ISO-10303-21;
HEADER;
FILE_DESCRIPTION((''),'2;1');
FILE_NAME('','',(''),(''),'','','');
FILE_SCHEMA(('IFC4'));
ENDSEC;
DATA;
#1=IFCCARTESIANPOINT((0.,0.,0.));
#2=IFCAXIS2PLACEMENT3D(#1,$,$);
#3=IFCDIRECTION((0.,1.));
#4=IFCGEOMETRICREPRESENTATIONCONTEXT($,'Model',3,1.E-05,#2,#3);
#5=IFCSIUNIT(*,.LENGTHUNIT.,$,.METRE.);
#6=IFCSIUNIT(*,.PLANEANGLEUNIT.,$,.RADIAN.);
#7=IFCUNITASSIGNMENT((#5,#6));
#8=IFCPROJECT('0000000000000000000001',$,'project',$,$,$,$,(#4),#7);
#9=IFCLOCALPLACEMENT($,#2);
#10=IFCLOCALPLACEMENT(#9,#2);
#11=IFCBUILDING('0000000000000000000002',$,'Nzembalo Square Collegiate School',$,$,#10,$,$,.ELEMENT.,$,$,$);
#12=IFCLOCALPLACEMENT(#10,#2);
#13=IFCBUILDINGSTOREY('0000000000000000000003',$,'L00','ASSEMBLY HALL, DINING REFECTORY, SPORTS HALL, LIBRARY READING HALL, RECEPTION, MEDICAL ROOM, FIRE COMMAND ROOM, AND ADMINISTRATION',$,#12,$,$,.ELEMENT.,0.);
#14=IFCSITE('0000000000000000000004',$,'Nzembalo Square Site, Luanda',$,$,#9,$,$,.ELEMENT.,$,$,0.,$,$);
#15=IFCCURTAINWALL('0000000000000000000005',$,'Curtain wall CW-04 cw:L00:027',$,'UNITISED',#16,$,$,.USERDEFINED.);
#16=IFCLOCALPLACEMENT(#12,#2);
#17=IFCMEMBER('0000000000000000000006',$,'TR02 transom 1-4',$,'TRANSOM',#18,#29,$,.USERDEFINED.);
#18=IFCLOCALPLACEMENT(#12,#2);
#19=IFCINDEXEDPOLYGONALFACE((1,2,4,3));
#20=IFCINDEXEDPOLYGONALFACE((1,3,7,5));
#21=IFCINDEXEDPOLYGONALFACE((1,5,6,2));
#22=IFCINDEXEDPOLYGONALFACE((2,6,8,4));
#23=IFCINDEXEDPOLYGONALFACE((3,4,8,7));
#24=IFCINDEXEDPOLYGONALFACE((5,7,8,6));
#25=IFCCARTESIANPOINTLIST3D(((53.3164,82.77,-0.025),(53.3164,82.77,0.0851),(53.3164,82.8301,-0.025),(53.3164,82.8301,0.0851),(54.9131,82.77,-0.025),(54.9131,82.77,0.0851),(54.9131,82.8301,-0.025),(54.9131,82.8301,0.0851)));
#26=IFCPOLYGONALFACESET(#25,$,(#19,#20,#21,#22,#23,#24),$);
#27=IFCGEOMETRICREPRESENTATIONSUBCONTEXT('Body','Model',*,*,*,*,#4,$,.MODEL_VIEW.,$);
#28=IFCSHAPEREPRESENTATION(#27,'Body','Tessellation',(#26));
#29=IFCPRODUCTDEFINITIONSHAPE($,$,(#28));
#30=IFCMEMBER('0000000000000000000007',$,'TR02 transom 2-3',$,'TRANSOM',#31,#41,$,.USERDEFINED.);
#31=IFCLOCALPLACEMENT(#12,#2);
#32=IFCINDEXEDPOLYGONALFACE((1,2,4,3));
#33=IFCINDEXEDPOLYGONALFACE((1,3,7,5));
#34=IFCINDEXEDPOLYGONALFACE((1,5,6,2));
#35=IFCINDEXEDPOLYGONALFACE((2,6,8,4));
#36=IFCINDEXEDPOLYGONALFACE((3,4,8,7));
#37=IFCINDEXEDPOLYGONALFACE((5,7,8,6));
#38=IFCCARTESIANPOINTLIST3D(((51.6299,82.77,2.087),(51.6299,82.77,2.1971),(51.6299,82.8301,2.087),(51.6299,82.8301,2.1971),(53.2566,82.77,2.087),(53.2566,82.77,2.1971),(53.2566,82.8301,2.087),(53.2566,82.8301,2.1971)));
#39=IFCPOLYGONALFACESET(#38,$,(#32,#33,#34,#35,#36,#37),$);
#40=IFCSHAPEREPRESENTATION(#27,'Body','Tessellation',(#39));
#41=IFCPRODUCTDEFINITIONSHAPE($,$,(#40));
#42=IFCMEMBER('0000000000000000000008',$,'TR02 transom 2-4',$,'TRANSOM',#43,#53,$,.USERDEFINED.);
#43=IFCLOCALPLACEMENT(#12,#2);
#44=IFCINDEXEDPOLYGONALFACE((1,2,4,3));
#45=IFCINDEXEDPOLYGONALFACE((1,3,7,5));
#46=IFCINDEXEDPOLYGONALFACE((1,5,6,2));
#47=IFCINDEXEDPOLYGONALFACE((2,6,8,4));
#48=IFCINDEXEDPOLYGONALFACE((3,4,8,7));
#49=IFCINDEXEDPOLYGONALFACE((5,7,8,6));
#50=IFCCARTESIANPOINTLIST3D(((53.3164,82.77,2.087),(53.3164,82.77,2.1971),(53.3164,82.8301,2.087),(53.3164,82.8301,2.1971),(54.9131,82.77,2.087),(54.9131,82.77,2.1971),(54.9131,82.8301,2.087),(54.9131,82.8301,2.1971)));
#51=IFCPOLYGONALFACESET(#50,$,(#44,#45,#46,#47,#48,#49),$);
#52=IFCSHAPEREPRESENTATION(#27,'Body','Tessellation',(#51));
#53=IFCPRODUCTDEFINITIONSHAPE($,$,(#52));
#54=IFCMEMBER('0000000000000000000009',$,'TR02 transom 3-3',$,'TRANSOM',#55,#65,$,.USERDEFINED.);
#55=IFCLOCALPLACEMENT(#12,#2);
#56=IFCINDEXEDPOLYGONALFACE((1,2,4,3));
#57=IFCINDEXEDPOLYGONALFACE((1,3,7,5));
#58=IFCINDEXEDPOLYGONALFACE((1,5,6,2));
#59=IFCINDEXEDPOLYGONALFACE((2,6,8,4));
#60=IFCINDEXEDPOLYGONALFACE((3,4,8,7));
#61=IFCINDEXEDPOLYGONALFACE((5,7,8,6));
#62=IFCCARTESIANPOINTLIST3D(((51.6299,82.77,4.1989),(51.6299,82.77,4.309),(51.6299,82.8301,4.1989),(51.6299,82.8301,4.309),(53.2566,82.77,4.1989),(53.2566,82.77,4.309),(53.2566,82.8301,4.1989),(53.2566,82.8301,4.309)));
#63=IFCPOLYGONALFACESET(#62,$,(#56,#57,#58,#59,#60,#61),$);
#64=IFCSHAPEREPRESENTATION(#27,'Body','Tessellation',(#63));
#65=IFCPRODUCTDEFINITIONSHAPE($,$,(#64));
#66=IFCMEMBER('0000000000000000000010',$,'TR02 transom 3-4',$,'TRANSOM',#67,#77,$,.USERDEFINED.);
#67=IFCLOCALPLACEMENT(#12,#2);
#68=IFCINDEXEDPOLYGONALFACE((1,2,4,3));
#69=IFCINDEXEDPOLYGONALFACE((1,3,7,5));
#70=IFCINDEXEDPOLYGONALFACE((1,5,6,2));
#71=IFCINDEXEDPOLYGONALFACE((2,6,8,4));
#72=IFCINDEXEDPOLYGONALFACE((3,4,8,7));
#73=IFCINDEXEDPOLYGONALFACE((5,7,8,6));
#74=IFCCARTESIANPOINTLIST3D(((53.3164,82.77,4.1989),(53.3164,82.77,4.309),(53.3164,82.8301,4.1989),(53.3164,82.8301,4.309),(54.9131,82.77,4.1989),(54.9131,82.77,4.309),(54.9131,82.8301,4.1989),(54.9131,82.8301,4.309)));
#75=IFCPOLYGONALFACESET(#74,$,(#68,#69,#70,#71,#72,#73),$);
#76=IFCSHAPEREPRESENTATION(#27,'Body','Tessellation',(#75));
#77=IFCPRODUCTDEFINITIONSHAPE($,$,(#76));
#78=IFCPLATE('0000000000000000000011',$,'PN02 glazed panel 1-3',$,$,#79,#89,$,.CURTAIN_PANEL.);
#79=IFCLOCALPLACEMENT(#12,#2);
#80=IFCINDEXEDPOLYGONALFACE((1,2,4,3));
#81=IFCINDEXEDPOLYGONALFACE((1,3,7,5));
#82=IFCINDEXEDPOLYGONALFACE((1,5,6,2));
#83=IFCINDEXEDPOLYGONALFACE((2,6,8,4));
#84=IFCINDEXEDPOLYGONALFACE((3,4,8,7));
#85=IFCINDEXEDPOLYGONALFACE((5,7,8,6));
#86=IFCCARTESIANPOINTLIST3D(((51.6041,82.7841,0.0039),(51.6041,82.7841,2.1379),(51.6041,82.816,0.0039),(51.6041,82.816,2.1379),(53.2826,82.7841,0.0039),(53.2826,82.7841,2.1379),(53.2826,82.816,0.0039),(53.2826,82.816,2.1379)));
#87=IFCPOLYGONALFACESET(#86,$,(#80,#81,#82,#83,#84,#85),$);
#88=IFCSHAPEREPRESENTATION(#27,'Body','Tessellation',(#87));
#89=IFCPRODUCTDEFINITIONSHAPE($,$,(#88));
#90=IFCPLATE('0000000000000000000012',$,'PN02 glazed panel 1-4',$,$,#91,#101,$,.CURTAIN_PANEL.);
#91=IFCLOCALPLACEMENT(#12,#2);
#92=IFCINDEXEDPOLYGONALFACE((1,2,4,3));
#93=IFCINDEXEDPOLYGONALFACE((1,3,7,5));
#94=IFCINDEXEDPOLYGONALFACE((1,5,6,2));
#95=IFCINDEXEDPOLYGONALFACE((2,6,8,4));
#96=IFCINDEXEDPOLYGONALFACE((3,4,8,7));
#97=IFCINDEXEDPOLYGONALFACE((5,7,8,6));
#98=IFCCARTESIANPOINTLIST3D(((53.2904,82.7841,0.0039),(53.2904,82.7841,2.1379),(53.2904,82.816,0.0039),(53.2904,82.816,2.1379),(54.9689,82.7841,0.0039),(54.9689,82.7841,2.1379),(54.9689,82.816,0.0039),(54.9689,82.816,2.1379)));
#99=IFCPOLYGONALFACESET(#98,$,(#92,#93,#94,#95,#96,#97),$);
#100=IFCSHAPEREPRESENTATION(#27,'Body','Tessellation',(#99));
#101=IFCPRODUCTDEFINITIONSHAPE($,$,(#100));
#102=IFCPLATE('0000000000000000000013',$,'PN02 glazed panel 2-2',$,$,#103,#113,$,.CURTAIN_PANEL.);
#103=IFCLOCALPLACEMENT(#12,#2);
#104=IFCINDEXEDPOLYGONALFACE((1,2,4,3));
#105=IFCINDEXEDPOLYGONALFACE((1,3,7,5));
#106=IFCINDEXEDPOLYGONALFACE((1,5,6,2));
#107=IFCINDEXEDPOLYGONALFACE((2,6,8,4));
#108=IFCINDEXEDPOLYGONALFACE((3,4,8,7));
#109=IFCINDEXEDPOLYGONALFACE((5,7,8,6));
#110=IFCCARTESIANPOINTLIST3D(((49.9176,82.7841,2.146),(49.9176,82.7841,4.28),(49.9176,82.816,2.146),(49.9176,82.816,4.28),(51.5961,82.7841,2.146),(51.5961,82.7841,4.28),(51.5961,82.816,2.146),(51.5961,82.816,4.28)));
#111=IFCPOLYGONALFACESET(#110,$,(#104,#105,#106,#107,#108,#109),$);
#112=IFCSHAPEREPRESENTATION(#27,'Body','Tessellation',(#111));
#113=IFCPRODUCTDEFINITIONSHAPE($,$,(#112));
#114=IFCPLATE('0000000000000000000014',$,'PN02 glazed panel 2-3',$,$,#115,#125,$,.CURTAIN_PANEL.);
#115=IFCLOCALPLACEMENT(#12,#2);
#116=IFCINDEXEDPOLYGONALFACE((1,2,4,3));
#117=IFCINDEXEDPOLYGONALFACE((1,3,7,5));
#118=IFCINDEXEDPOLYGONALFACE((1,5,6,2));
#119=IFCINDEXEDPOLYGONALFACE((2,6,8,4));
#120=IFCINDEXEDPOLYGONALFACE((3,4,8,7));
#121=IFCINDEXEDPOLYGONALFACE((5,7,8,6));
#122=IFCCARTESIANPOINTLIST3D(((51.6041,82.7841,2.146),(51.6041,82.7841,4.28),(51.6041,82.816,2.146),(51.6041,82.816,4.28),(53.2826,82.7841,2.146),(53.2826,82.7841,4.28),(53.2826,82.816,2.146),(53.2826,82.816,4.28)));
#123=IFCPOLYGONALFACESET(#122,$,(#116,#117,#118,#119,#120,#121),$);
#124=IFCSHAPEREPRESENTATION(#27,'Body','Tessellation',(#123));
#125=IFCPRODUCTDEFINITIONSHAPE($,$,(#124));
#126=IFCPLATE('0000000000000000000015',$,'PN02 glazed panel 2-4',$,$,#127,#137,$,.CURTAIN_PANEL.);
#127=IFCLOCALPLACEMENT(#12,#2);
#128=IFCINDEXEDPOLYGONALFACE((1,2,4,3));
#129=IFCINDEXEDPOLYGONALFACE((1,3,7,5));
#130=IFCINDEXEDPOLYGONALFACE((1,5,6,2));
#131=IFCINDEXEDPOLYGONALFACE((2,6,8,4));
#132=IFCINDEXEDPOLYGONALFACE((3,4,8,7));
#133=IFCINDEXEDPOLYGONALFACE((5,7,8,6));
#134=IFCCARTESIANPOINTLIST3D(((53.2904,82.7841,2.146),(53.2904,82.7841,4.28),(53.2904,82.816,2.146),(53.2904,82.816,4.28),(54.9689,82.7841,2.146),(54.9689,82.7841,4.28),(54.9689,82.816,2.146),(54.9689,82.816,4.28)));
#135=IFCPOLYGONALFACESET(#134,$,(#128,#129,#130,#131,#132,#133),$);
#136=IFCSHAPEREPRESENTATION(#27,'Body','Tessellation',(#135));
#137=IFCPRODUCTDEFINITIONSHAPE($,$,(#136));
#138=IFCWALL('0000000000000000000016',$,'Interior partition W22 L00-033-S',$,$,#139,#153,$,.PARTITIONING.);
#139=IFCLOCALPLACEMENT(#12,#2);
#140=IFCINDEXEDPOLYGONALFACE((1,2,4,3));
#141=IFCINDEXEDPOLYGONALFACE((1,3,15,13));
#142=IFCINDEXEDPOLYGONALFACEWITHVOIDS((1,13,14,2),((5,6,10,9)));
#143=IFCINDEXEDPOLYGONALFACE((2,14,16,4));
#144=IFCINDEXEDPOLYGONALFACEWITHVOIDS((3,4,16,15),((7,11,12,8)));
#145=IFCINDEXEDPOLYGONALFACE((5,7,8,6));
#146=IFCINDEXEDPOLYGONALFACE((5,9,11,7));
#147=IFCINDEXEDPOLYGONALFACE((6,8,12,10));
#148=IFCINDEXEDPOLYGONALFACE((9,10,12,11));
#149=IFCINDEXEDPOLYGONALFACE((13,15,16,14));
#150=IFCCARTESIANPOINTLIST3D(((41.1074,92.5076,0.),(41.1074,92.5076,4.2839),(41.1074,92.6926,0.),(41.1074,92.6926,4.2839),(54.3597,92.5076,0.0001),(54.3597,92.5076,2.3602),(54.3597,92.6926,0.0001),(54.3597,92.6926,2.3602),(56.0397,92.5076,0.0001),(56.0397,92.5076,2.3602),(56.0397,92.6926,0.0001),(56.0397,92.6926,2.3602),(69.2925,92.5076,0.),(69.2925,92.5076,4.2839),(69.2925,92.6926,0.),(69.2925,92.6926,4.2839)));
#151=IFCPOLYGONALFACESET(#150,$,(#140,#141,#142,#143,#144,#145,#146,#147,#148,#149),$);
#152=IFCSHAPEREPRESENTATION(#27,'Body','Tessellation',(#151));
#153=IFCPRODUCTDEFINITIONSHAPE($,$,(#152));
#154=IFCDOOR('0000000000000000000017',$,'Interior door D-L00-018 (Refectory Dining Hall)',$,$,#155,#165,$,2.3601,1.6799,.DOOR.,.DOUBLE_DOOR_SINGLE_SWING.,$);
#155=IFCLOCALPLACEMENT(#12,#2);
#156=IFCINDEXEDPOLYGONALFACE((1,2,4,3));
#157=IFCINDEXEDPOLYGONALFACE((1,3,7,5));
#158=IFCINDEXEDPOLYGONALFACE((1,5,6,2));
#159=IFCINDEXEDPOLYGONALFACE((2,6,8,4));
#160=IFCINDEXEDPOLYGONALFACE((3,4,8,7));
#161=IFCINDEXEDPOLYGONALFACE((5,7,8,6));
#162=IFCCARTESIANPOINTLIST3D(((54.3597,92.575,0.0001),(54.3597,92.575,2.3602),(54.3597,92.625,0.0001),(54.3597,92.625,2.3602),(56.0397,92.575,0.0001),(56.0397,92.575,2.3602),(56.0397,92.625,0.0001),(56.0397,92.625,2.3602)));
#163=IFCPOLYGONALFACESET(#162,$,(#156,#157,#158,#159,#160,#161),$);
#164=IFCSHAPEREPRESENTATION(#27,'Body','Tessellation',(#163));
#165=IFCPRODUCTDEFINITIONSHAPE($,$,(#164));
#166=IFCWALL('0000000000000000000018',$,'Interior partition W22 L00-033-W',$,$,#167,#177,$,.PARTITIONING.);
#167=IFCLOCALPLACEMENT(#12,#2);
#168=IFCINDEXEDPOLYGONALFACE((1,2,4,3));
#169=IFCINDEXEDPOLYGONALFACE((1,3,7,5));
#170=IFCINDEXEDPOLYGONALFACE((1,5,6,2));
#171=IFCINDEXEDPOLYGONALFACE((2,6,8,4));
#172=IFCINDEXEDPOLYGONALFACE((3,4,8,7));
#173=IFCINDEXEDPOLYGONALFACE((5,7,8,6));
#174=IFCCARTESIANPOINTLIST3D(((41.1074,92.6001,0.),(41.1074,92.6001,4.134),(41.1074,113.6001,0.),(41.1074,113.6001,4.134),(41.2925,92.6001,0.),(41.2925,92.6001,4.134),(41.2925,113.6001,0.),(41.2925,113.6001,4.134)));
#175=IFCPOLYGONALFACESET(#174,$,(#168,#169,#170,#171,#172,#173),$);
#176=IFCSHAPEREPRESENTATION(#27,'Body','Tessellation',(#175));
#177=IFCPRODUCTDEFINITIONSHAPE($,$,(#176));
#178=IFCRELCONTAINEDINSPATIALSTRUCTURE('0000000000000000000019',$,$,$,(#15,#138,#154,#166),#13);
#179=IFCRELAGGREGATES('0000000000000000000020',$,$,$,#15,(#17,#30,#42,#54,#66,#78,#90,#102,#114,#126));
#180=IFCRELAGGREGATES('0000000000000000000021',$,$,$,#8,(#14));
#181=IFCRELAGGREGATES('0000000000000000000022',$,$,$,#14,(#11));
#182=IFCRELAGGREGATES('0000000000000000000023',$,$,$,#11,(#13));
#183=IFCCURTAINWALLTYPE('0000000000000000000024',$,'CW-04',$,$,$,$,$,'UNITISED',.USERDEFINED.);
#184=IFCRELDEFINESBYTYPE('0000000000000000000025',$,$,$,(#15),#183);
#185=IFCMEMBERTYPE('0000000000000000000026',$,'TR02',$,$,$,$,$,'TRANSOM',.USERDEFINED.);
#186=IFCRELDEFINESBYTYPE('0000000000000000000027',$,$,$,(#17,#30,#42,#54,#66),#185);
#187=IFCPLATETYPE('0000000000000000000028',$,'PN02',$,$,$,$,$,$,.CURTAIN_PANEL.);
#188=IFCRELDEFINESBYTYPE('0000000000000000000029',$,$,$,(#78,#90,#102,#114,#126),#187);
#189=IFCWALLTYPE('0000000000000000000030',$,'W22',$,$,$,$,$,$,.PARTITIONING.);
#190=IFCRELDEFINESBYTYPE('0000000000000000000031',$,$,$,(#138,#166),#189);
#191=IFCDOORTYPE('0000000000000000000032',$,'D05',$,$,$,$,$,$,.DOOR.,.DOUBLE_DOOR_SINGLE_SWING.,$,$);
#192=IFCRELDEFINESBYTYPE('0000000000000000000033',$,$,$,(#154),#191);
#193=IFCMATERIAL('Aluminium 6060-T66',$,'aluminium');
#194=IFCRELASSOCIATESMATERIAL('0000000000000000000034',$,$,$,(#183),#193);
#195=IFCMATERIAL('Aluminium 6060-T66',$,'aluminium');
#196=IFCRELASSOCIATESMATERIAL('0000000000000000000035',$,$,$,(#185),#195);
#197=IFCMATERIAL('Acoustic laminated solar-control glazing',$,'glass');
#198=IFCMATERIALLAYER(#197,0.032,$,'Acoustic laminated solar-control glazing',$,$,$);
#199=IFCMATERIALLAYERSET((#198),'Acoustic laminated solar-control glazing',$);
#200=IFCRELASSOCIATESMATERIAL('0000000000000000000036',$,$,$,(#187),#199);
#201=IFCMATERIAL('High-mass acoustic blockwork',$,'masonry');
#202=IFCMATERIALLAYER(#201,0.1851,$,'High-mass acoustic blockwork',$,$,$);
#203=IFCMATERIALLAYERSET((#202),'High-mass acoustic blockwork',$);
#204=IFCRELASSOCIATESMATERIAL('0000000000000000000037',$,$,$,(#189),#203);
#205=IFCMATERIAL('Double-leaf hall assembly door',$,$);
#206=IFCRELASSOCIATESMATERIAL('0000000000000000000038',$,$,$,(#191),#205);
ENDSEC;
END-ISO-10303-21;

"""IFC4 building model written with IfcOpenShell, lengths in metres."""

from ifc_helpers import new_model, si_unit, direction, frame, frame_2d, origin, origin_2d, place, context, subcontext, project, spatial, rectangle, extrude, material, layer, layer_set, material_profile, profile_set, type_object, element, fill, aggregate, save


model = new_model("IFC4")

# Units and contexts
model_context = context("Model", 3, precision=1e-05, world=origin(), true_north=direction((0.0, 1.0)))
body_context = subcontext(model_context, "Body", "Model", "MODEL_VIEW")
ifc_project = project(units=[si_unit("LENGTHUNIT", "METRE"), si_unit("PLANEANGLEUNIT", "RADIAN")], contexts=[model_context])

# Site, building, storey
site_placement = place(None, origin())
site = spatial("IfcSite", under=ifc_project, at=site_placement, Name="Nzembalo Square Site, Luanda", CompositionType="ELEMENT", RefElevation=0.0)
building_placement = place(site_placement, origin())
building = spatial("IfcBuilding", under=site, at=building_placement, Name="Nzembalo Square Collegiate School", CompositionType="ELEMENT")
storey_placement = place(building_placement, origin())
storey = spatial("IfcBuildingStorey", under=building, at=storey_placement, Name="L00", Description="ASSEMBLY HALL, DINING REFECTORY, SPORTS HALL, LIBRARY READING HALL, RECEPTION, MEDICAL ROOM, FIRE COMMAND ROOM, AND ADMINISTRATION", CompositionType="ELEMENT", Elevation=0.0)

# Curtain wall
ifc_material_1 = material(Name="Aluminium 6060-T66", Category="aluminium")
curtain_wall_type_1 = type_object("IfcCurtainWallType", Name="CW-04", ElementType="UNITISED", PredefinedType="USERDEFINED", material=ifc_material_1)
curtain_wall_1_placement = place(storey_placement, origin())
curtain_wall_1 = element("IfcCurtainWall", 1, at=curtain_wall_1_placement, inside=storey, type_object=curtain_wall_type_1, Name="Curtain wall CW-04 cw:L00:027", ObjectType="UNITISED", PredefinedType="USERDEFINED")

# Members
ifc_material_2 = material(Name="Aluminium 6060-T66", Category="aluminium")
ifc_material_profile_1 = material_profile(ifc_material_2, rectangle(XDim=0.0601, YDim=0.1101, at=origin_2d()), Name="ALU T60x110")
ifc_profile_set_1 = profile_set([ifc_material_profile_1], Name="Aluminium 6060-T66")
member_type_1 = type_object("IfcMemberType", Name="TR02", ElementType="TRANSOM", PredefinedType="USERDEFINED", material=ifc_profile_set_1)
member_1_placement = place(storey_placement, frame((53.3164, 82.8, 0.03), z_axis=(1.0, 0.0, 0.0), x_axis=(0.0, 1.0, 0.0)))
member_1 = element("IfcMember", 2, at=member_1_placement, type_object=member_type_1, Name="TR02 transom 1-4", ObjectType="TRANSOM", PredefinedType="USERDEFINED", context=body_context, shape_type="SweptSolid", body=[
    extrude(rectangle(XDim=0.0601, YDim=0.1101, at=origin_2d()), origin(), (0.0, 0.0, 1.0), 1.5967),
])
member_2_placement = place(storey_placement, frame((51.6299, 82.8, 2.1421), z_axis=(1.0, 0.0, 0.0), x_axis=(0.0, 1.0, 0.0)))
member_2 = element("IfcMember", 3, at=member_2_placement, type_object=member_type_1, Name="TR02 transom 2-3", ObjectType="TRANSOM", PredefinedType="USERDEFINED", context=body_context, shape_type="SweptSolid", body=[
    extrude(rectangle(XDim=0.0601, YDim=0.1101, at=origin_2d()), origin(), (0.0, 0.0, 1.0), 1.6267),
])
member_3_placement = place(storey_placement, frame((53.3164, 82.8, 2.1421), z_axis=(1.0, 0.0, 0.0), x_axis=(0.0, 1.0, 0.0)))
member_3 = element("IfcMember", 4, at=member_3_placement, type_object=member_type_1, Name="TR02 transom 2-4", ObjectType="TRANSOM", PredefinedType="USERDEFINED", context=body_context, shape_type="SweptSolid", body=[
    extrude(rectangle(XDim=0.0601, YDim=0.1101, at=origin_2d()), origin(), (0.0, 0.0, 1.0), 1.5967),
])
member_4_placement = place(storey_placement, frame((51.6299, 82.8, 4.2539), z_axis=(1.0, 0.0, 0.0), x_axis=(0.0, 1.0, 0.0)))
member_4 = element("IfcMember", 5, at=member_4_placement, type_object=member_type_1, Name="TR02 transom 3-3", ObjectType="TRANSOM", PredefinedType="USERDEFINED", context=body_context, shape_type="SweptSolid", body=[
    extrude(rectangle(XDim=0.0601, YDim=0.1101, at=origin_2d()), origin(), (0.0, 0.0, 1.0), 1.6267),
])
member_5_placement = place(storey_placement, frame((53.3164, 82.8, 4.2539), z_axis=(1.0, 0.0, 0.0), x_axis=(0.0, 1.0, 0.0)))
member_5 = element("IfcMember", 6, at=member_5_placement, type_object=member_type_1, Name="TR02 transom 3-4", ObjectType="TRANSOM", PredefinedType="USERDEFINED", context=body_context, shape_type="SweptSolid", body=[
    extrude(rectangle(XDim=0.0601, YDim=0.1101, at=origin_2d()), origin(), (0.0, 0.0, 1.0), 1.5967),
])

# Plates
ifc_material_3 = material(Name="Acoustic laminated solar-control glazing", Category="glass")
ifc_layer_1 = layer(ifc_material_3, 0.032, Name="Acoustic laminated solar-control glazing")
ifc_layer_set_1 = layer_set([ifc_layer_1], Name="Acoustic laminated solar-control glazing")
plate_type = type_object("IfcPlateType", Name="PN02", PredefinedType="CURTAIN_PANEL", material=ifc_layer_set_1)
plate_1_placement = place(storey_placement, frame((52.4434, 82.8, 0.0039), z_axis=(0.0, 0.0, 1.0), x_axis=(1.0, 0.0, 0.0)))
plate_1 = element("IfcPlate", 7, at=plate_1_placement, type_object=plate_type, Name="PN02 glazed panel 1-3", PredefinedType="CURTAIN_PANEL", context=body_context, shape_type="SweptSolid", body=[
    extrude(rectangle(XDim=1.6785, YDim=0.032, at=origin_2d()), origin(), (0.0, 0.0, 1.0), 2.134),
])
plate_2_placement = place(storey_placement, frame((54.1296, 82.8, 0.0039), z_axis=(0.0, 0.0, 1.0), x_axis=(1.0, 0.0, 0.0)))
plate_2 = element("IfcPlate", 8, at=plate_2_placement, type_object=plate_type, Name="PN02 glazed panel 1-4", PredefinedType="CURTAIN_PANEL", context=body_context, shape_type="SweptSolid", body=[
    extrude(rectangle(XDim=1.6785, YDim=0.032, at=origin_2d()), origin(), (0.0, 0.0, 1.0), 2.134),
])
plate_3_placement = place(storey_placement, frame((50.7568, 82.8, 2.146), z_axis=(0.0, 0.0, 1.0), x_axis=(1.0, 0.0, 0.0)))
plate_3 = element("IfcPlate", 9, at=plate_3_placement, type_object=plate_type, Name="PN02 glazed panel 2-2", PredefinedType="CURTAIN_PANEL", context=body_context, shape_type="SweptSolid", body=[
    extrude(rectangle(XDim=1.6785, YDim=0.032, at=origin_2d()), origin(), (0.0, 0.0, 1.0), 2.134),
])
plate_4_placement = place(storey_placement, frame((52.4434, 82.8, 2.146), z_axis=(0.0, 0.0, 1.0), x_axis=(1.0, 0.0, 0.0)))
plate_4 = element("IfcPlate", 10, at=plate_4_placement, type_object=plate_type, Name="PN02 glazed panel 2-3", PredefinedType="CURTAIN_PANEL", context=body_context, shape_type="SweptSolid", body=[
    extrude(rectangle(XDim=1.6785, YDim=0.032, at=origin_2d()), origin(), (0.0, 0.0, 1.0), 2.134),
])
plate_5_placement = place(storey_placement, frame((54.1296, 82.8, 2.146), z_axis=(0.0, 0.0, 1.0), x_axis=(1.0, 0.0, 0.0)))
plate_5 = element("IfcPlate", 11, at=plate_5_placement, type_object=plate_type, Name="PN02 glazed panel 2-4", PredefinedType="CURTAIN_PANEL", context=body_context, shape_type="SweptSolid", body=[
    extrude(rectangle(XDim=1.6785, YDim=0.032, at=origin_2d()), origin(), (0.0, 0.0, 1.0), 2.134),
])
aggregate(curtain_wall_1, [member_1, member_2, member_3, member_4, member_5, plate_1, plate_2, plate_3, plate_4, plate_5])

# Wall, opening, door
ifc_material_4 = material(Name="High-mass acoustic blockwork", Category="masonry")
ifc_layer_2 = layer(ifc_material_4, 0.1851, Name="High-mass acoustic blockwork")
ifc_layer_set_2 = layer_set([ifc_layer_2], Name="High-mass acoustic blockwork")
wall_type = type_object("IfcWallType", Name="W22", PredefinedType="PARTITIONING", material=ifc_layer_set_2)
wall_1_placement = place(storey_placement, frame((41.1074, 92.6001, 0.0), z_axis=(0.0, 0.0, 1.0), x_axis=(1.0, 0.0, 0.0)))
wall_1 = element("IfcWall", 12, at=wall_1_placement, inside=storey, type_object=wall_type, Name="Interior partition W22 L00-033-S", PredefinedType="PARTITIONING", context=body_context, shape_type="SweptSolid", body=[
    extrude(rectangle(XDim=28.1851, YDim=0.1851, at=frame_2d((14.0925, 0.0))), origin(), (0.0, 0.0, 1.0), 4.2839),
])
opening_placement = place(wall_1_placement, frame((13.2524, 0.0, 0.0)))
opening = element("IfcOpeningElement", 13, at=opening_placement, cuts=wall_1, PredefinedType="OPENING", context=body_context, shape_type="SweptSolid", body=[
    extrude(rectangle(XDim=1.6799, YDim=2.3601, at=frame_2d((0.8398, 1.1802))), frame((0.0, 0.1025, 0.0), z_axis=(0.0, -1.0, 0.0), x_axis=(1.0, 0.0, 0.0)), (0.0, 0.0, 1.0), 0.2051),
])
ifc_material_5 = material(Name="Double-leaf hall assembly door")
door_type = type_object("IfcDoorType", Name="D05", OperationType="DOUBLE_DOOR_SINGLE_SWING", PredefinedType="DOOR", material=ifc_material_5)
door_placement = place(opening_placement, origin())
door = element("IfcDoor", 14, at=door_placement, inside=storey, type_object=door_type, Name="Interior door D-L00-018 (Refectory Dining Hall)", OperationType="DOUBLE_DOOR_SINGLE_SWING", OverallHeight=2.3601, OverallWidth=1.6799, PredefinedType="DOOR", context=body_context, shape_type="SweptSolid", body=[
    extrude(rectangle(XDim=1.6799, YDim=2.3601, at=frame_2d((0.8398, 1.1802))), frame((0.0, 0.0249, 0.0), z_axis=(0.0, -1.0, 0.0), x_axis=(1.0, 0.0, 0.0)), (0.0, 0.0, 1.0), 0.05),
])
fill(opening, door)

# Wall
wall_2_placement = place(storey_placement, frame((41.2, 92.6001, 0.0), z_axis=(0.0, 0.0, 1.0), x_axis=(0.0, 1.0, 0.0)))
element("IfcWall", 15, at=wall_2_placement, inside=storey, type_object=wall_type, Name="Interior partition W22 L00-033-W", PredefinedType="PARTITIONING", context=body_context, shape_type="SweptSolid", body=[
    extrude(rectangle(XDim=21.0, YDim=0.1851, at=frame_2d((10.5, 0.0))), origin(), (0.0, 0.0, 1.0), 4.134),
])

save(model, "model.ifc")
